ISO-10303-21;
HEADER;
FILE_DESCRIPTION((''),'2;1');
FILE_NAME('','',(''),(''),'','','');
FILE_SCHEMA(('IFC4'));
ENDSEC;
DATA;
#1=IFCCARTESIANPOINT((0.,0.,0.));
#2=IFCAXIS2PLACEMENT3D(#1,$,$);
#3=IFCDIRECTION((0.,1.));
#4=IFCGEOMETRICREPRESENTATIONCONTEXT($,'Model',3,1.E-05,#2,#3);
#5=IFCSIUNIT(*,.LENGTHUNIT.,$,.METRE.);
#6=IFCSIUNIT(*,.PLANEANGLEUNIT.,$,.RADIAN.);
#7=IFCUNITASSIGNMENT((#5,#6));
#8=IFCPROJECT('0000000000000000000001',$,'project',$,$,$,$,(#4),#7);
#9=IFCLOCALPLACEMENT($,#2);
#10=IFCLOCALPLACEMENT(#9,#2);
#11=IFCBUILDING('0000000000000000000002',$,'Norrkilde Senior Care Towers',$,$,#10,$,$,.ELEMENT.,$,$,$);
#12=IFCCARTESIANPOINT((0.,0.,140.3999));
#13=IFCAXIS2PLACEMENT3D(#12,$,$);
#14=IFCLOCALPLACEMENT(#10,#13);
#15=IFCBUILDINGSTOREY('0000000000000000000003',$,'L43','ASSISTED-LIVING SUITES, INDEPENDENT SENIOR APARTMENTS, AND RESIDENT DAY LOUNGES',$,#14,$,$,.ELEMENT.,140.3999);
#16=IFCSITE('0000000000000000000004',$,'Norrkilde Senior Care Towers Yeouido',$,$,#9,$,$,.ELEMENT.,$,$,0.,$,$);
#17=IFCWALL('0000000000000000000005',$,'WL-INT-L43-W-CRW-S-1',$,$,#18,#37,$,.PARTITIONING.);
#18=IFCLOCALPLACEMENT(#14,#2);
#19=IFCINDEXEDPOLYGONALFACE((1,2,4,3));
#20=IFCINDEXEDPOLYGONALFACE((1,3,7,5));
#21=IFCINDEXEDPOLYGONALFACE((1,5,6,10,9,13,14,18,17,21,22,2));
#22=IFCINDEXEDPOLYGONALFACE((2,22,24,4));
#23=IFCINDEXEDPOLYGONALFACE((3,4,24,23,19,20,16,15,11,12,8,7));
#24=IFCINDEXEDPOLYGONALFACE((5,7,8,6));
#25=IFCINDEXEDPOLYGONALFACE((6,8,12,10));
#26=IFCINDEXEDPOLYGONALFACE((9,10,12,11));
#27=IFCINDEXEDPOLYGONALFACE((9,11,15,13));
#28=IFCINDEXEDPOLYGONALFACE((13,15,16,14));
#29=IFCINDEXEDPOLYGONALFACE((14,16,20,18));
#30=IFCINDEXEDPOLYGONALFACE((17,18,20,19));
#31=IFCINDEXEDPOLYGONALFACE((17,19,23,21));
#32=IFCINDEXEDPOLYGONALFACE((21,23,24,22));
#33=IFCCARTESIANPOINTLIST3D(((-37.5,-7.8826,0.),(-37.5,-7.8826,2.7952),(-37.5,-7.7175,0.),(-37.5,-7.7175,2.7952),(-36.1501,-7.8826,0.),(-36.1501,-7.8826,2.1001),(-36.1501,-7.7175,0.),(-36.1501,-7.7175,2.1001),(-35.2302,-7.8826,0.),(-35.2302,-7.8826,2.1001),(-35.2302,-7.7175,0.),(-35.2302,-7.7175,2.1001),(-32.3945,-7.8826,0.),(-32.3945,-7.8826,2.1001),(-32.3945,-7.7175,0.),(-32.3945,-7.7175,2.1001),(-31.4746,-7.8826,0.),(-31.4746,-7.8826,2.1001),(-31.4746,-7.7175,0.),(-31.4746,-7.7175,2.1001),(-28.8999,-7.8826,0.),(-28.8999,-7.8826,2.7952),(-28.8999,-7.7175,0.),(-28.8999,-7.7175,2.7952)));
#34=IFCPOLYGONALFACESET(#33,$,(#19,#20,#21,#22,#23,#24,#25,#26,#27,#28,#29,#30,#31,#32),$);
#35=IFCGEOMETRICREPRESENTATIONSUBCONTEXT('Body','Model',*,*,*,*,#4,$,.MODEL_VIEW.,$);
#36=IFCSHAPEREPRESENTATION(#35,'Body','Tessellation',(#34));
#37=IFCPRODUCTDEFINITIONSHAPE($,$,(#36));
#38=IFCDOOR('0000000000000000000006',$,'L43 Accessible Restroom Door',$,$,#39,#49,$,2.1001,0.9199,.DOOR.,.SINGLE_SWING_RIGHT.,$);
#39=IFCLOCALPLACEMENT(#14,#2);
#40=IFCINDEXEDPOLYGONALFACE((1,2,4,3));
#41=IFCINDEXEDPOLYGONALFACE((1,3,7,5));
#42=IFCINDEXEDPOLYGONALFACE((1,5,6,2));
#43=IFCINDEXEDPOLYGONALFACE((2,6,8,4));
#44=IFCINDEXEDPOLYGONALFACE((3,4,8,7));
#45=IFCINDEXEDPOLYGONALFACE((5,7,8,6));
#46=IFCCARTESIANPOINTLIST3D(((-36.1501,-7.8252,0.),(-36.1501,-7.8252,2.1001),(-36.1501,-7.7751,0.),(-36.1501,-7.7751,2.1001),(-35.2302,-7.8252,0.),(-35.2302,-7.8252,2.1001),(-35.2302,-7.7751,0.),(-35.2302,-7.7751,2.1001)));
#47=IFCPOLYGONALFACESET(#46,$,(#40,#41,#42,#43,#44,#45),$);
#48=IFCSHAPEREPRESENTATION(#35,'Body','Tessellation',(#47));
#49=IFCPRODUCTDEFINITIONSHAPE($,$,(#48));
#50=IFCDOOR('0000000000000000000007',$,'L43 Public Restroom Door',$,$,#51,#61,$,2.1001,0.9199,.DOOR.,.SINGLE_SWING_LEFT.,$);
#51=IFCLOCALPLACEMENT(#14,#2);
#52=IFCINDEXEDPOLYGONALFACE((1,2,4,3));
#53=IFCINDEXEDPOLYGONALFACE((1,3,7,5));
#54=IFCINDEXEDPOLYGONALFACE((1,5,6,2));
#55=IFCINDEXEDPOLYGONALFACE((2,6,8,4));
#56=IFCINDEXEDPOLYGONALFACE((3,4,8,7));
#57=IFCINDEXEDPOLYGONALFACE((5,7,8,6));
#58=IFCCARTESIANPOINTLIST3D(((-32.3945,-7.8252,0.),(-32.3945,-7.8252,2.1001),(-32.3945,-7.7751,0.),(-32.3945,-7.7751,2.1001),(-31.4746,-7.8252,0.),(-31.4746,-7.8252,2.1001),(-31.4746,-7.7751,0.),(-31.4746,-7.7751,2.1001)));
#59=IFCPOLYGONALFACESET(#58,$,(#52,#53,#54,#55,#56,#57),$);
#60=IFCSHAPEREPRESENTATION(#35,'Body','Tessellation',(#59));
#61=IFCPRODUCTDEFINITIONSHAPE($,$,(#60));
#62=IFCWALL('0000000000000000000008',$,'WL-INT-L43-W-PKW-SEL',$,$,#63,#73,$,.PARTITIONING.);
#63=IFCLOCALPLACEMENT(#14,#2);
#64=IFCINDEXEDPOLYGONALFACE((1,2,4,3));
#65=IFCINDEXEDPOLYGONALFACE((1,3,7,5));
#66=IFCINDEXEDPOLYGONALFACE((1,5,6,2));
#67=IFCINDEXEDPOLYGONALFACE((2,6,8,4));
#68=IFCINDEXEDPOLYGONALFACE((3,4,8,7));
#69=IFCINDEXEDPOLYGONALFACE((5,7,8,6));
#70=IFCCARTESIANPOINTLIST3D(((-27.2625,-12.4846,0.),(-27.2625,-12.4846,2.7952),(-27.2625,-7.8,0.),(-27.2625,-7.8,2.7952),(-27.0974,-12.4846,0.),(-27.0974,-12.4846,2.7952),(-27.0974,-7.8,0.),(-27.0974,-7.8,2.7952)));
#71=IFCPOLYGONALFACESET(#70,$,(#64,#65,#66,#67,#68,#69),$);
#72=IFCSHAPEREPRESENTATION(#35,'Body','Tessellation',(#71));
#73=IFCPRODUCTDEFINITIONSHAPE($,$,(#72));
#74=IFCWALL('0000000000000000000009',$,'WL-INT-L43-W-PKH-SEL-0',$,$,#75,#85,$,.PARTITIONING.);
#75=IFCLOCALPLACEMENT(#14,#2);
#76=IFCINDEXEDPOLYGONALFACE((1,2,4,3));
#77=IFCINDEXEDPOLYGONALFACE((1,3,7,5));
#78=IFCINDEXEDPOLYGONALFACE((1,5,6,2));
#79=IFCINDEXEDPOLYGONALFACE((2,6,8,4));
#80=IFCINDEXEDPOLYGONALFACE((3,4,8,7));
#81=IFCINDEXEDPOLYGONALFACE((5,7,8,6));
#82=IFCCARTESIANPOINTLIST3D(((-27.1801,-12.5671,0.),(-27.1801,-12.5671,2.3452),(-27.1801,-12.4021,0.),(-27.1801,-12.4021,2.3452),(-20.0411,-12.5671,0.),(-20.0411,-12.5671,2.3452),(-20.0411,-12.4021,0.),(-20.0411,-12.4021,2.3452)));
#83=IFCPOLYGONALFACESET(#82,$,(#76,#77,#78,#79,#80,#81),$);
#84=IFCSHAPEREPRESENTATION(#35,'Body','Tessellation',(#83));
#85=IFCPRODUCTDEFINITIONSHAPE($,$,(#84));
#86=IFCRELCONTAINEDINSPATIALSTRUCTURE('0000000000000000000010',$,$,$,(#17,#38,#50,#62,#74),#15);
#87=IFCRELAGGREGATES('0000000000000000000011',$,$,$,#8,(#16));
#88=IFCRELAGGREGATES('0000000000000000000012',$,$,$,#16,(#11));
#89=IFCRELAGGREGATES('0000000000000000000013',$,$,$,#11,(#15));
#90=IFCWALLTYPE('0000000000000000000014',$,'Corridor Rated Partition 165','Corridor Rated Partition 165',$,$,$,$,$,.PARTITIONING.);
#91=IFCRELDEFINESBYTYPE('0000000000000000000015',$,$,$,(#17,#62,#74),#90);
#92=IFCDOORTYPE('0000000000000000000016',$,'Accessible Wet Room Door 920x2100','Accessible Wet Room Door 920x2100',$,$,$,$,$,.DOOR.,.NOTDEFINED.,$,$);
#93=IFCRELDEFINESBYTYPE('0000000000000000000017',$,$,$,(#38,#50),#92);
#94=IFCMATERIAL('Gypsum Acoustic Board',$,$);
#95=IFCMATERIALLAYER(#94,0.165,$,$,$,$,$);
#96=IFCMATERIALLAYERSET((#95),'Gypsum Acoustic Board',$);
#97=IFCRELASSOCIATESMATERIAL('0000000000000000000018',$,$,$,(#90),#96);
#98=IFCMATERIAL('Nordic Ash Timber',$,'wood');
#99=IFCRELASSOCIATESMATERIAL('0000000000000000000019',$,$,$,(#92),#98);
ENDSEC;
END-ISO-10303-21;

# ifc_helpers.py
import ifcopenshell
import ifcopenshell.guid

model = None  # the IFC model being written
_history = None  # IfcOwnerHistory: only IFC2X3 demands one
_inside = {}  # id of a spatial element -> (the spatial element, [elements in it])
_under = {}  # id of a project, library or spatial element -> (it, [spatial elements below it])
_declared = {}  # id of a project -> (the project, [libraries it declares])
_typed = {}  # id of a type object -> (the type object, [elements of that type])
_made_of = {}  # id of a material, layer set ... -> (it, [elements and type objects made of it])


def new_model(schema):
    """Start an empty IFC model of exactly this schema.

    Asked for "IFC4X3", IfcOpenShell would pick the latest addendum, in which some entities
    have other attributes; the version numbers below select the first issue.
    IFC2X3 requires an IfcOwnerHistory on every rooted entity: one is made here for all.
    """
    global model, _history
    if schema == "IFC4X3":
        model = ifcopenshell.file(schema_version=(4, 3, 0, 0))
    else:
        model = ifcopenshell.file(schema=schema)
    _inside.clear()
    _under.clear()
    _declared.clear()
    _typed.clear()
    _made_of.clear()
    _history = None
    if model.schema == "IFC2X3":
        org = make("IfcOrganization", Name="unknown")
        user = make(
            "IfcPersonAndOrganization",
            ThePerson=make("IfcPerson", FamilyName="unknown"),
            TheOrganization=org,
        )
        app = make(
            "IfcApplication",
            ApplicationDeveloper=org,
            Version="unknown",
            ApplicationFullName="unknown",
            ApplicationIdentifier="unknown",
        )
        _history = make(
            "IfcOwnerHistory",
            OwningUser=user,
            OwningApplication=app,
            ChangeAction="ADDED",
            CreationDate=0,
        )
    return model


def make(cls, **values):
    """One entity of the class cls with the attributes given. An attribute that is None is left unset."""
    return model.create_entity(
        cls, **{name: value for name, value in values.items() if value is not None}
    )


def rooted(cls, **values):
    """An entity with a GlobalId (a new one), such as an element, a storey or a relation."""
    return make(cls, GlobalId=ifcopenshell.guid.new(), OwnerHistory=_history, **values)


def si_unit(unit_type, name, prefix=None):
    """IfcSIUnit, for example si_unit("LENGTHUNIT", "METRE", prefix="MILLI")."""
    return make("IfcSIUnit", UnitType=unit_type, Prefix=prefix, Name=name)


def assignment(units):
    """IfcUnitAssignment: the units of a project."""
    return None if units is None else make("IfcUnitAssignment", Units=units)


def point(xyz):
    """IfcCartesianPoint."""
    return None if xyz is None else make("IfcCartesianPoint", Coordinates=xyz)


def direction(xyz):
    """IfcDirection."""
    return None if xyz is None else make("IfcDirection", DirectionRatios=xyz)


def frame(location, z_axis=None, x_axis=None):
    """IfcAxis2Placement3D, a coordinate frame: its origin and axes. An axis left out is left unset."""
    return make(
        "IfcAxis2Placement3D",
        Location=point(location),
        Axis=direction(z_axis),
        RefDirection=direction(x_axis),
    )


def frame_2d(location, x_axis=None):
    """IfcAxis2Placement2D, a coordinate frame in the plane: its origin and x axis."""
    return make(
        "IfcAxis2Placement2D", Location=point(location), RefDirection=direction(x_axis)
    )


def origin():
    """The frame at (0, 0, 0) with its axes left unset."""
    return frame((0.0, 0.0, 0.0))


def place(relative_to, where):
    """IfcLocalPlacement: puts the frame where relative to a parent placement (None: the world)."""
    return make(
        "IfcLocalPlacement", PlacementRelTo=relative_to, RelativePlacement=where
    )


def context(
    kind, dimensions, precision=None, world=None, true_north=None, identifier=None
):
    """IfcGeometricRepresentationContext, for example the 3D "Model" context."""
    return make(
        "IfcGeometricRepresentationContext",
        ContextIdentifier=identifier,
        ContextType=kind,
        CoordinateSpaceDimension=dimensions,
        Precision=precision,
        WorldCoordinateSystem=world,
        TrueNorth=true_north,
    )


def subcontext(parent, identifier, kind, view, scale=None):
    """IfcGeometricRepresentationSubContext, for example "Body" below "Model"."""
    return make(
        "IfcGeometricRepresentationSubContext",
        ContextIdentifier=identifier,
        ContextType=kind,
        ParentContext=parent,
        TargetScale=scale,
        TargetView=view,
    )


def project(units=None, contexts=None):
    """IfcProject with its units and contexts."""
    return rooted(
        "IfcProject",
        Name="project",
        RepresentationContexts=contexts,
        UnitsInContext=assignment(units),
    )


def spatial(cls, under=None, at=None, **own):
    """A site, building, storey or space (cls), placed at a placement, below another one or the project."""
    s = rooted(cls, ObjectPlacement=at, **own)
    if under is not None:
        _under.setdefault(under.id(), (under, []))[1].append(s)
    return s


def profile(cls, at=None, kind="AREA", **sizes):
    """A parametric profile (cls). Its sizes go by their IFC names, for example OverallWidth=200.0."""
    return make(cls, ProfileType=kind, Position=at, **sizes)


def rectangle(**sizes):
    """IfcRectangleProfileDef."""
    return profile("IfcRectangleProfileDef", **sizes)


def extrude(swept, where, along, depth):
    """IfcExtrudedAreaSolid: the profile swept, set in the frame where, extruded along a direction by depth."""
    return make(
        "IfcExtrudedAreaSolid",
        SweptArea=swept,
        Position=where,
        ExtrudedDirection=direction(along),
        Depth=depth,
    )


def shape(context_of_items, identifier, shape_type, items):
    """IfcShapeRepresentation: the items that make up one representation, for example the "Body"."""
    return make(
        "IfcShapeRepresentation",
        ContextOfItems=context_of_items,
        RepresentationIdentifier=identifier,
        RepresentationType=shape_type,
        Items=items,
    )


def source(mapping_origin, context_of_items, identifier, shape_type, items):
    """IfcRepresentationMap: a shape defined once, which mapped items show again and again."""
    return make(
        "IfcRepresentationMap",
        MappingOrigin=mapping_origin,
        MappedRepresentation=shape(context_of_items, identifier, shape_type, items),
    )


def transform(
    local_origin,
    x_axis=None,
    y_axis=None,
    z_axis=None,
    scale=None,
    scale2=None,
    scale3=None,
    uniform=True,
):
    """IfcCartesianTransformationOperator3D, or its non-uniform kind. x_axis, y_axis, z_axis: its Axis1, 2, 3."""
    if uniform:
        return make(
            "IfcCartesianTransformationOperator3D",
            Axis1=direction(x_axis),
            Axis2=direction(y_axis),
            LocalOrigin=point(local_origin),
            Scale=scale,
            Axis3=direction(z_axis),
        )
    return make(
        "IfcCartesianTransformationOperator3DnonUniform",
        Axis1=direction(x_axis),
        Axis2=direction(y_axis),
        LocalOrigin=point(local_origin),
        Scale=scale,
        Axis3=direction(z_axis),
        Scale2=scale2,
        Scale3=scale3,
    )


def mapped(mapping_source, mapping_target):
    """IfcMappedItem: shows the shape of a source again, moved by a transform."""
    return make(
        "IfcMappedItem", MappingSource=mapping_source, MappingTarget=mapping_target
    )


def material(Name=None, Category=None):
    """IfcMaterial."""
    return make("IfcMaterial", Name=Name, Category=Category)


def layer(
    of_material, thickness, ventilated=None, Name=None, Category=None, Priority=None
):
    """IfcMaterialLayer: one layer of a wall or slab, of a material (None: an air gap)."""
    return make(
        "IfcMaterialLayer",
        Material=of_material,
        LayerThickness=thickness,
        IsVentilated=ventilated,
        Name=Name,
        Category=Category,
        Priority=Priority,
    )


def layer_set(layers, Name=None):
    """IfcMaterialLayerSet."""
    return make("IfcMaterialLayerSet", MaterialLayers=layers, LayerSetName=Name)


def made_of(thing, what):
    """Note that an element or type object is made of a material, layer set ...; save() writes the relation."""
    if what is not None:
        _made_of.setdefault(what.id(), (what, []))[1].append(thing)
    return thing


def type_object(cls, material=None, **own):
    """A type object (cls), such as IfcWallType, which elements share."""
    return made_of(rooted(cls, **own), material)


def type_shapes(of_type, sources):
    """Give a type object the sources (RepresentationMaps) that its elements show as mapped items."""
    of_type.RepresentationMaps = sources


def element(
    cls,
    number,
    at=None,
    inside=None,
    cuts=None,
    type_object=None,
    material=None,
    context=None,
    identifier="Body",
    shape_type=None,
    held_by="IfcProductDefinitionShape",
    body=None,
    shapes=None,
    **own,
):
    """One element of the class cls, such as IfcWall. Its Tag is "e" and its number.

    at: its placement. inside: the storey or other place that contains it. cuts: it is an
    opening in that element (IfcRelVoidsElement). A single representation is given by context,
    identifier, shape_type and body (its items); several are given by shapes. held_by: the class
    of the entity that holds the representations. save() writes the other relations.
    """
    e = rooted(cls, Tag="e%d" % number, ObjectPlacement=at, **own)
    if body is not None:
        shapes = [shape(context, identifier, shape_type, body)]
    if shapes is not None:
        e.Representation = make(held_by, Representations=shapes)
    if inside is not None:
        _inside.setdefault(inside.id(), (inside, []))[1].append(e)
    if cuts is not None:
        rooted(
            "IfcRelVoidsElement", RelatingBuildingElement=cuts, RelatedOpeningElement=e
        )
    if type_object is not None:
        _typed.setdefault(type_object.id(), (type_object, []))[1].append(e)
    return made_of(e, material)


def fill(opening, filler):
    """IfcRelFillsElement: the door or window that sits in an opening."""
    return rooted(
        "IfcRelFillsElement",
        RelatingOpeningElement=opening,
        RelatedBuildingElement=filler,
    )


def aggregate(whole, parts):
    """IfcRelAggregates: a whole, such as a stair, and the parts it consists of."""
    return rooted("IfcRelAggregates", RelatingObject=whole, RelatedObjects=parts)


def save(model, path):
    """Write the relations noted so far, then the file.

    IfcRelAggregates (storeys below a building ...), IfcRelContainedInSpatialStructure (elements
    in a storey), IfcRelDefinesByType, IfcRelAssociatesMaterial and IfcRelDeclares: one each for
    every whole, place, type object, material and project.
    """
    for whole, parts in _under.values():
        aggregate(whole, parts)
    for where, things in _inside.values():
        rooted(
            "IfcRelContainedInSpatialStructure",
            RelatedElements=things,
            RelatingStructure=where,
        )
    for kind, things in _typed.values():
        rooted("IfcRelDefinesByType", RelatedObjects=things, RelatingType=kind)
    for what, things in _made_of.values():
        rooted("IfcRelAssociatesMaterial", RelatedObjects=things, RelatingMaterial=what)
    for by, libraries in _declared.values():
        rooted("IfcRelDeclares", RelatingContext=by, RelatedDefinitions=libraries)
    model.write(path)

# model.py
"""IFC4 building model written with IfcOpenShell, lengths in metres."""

from ifc_helpers import new_model, si_unit, direction, frame, frame_2d, origin, place, context, subcontext, project, spatial, rectangle, extrude, source, transform, mapped, material, layer, layer_set, type_object, type_shapes, element, fill, save


model = new_model("IFC4")

# Units and contexts
model_context = context("Model", 3, precision=1e-05, world=origin(), true_north=direction((0.0, 1.0)))
body_context = subcontext(model_context, "Body", "Model", "MODEL_VIEW")
ifc_project = project(units=[si_unit("LENGTHUNIT", "METRE"), si_unit("PLANEANGLEUNIT", "RADIAN")], contexts=[model_context])

# Site, building, storey
site_placement = place(None, origin())
site = spatial("IfcSite", under=ifc_project, at=site_placement, Name="Norrkilde Senior Care Towers Yeouido", CompositionType="ELEMENT", RefElevation=0.0)
building_placement = place(site_placement, origin())
building = spatial("IfcBuilding", under=site, at=building_placement, Name="Norrkilde Senior Care Towers", CompositionType="ELEMENT")
storey_placement = place(building_placement, frame((0.0, 0.0, 140.3999)))
storey = spatial("IfcBuildingStorey", under=building, at=storey_placement, Name="L43", Description="ASSISTED-LIVING SUITES, INDEPENDENT SENIOR APARTMENTS, AND RESIDENT DAY LOUNGES", CompositionType="ELEMENT", Elevation=140.3999)

# Shared definitions
ifc_material_1 = material(Name="Gypsum Acoustic Board")
ifc_layer_1 = layer(ifc_material_1, 0.165)
ifc_layer_set_1 = layer_set([ifc_layer_1], Name="Gypsum Acoustic Board")
wall_type_1 = type_object("IfcWallType", Name="Corridor Rated Partition 165", Description="Corridor Rated Partition 165", PredefinedType="PARTITIONING", material=ifc_layer_set_1)

# Wall, openings, doors
shared_shape_1 = source(origin(), body_context, "Body", "SweptSolid", [
    extrude(rectangle(XDim=8.6001, YDim=0.165, at=frame_2d((4.3, 0.0))), origin(), (0.0, 0.0, 1.0), 2.7952),
])
wall_1_placement = place(storey_placement, frame((-28.8999, -7.8, 0.0), z_axis=(0.0, 0.0, 1.0), x_axis=(-1.0, 0.0, 0.0)))
wall_1 = element("IfcWall", 1, at=wall_1_placement, inside=storey, type_object=wall_type_1, Name="WL-INT-L43-W-CRW-S-1", PredefinedType="PARTITIONING", context=body_context, shape_type="MappedRepresentation", body=[
    mapped(shared_shape_1, transform((0.0, 0.0, 0.0), x_axis=(1.0, 0.0, 0.0), y_axis=(0.0, 1.0, 0.0), z_axis=(0.0, 0.0, 1.0), scale=1.0)),
])
opening_1_placement = place(wall_1_placement, frame((6.3303, 0.0, 0.0)))
opening_1 = element("IfcOpeningElement", 2, at=opening_1_placement, cuts=wall_1, PredefinedType="OPENING", context=body_context, shape_type="SweptSolid", body=[
    extrude(rectangle(XDim=0.9199, YDim=2.1001, at=frame_2d((0.46, 1.05))), frame((0.0, 0.0925, 0.0), z_axis=(0.0, -1.0, 0.0), x_axis=(1.0, 0.0, 0.0)), (0.0, 0.0, 1.0), 0.1851),
])
opening_2_placement = place(wall_1_placement, frame((2.5747, 0.0, 0.0)))
opening_2 = element("IfcOpeningElement", 3, at=opening_2_placement, cuts=wall_1, PredefinedType="OPENING", context=body_context, shape_type="SweptSolid", body=[
    extrude(rectangle(XDim=0.9199, YDim=2.1001, at=frame_2d((0.46, 1.05))), frame((0.0, 0.0925, 0.0), z_axis=(0.0, -1.0, 0.0), x_axis=(1.0, 0.0, 0.0)), (0.0, 0.0, 1.0), 0.1851),
])
ifc_material_2 = material(Name="Nordic Ash Timber", Category="wood")
door_type_1 = type_object("IfcDoorType", Name="Accessible Wet Room Door 920x2100", Description="Accessible Wet Room Door 920x2100", OperationType="NOTDEFINED", PredefinedType="DOOR", material=ifc_material_2)
shared_shape_2 = source(origin(), body_context, "Body", "SweptSolid", [
    extrude(rectangle(XDim=0.9199, YDim=2.1001, at=frame_2d((0.46, 1.05))), frame((0.0, 0.0249, 0.0), z_axis=(0.0, -1.0, 0.0), x_axis=(1.0, 0.0, 0.0)), (0.0, 0.0, 1.0), 0.05),
])
type_shapes(door_type_1, [shared_shape_2])
door_1_placement = place(opening_1_placement, frame((0.9199, 0.0, 0.0), z_axis=(0.0, 0.0, 1.0), x_axis=(-1.0, 0.0, 0.0)))
door_1 = element("IfcDoor", 4, at=door_1_placement, inside=storey, type_object=door_type_1, Name="L43 Accessible Restroom Door", OperationType="SINGLE_SWING_RIGHT", OverallHeight=2.1001, OverallWidth=0.9199, PredefinedType="DOOR", context=body_context, shape_type="MappedRepresentation", body=[
    mapped(shared_shape_2, transform((0.0, 0.0, 0.0), x_axis=(1.0, 0.0, 0.0), y_axis=(0.0, 1.0, 0.0), z_axis=(0.0, 0.0, 1.0), scale=1.0)),
])
fill(opening_1, door_1)
door_2_placement = place(opening_2_placement, frame((0.9199, 0.0, 0.0), z_axis=(0.0, 0.0, 1.0), x_axis=(-1.0, 0.0, 0.0)))
door_2 = element("IfcDoor", 5, at=door_2_placement, inside=storey, type_object=door_type_1, Name="L43 Public Restroom Door", OperationType="SINGLE_SWING_LEFT", OverallHeight=2.1001, OverallWidth=0.9199, PredefinedType="DOOR", context=body_context, shape_type="MappedRepresentation", body=[
    mapped(shared_shape_2, transform((0.0, 0.0, 0.0), x_axis=(1.0, 0.0, 0.0), y_axis=(0.0, 1.0, 0.0), z_axis=(0.0, 0.0, 1.0), scale=1.0)),
])
fill(opening_2, door_2)

# Shared definitions
shared_shape_3 = source(origin(), body_context, "Body", "SweptSolid", [
    extrude(rectangle(XDim=4.6846, YDim=0.165, at=frame_2d((2.3423, 0.0))), origin(), (0.0, 0.0, 1.0), 2.7952),
])

# Walls
wall_2_placement = place(storey_placement, frame((-27.1799, -12.4846, 0.0), z_axis=(0.0, 0.0, 1.0), x_axis=(0.0, 1.0, 0.0)))
element("IfcWall", 6, at=wall_2_placement, inside=storey, type_object=wall_type_1, Name="WL-INT-L43-W-PKW-SEL", PredefinedType="PARTITIONING", context=body_context, shape_type="MappedRepresentation", body=[
    mapped(shared_shape_3, transform((0.0, 0.0, 0.0), x_axis=(1.0, 0.0, 0.0), y_axis=(0.0, 1.0, 0.0), z_axis=(0.0, 0.0, 1.0), scale=1.0)),
])
shared_shape_4 = source(origin(), body_context, "Body", "SweptSolid", [
    extrude(rectangle(XDim=7.1389, YDim=0.165, at=frame_2d((3.5693, 0.0))), origin(), (0.0, 0.0, 1.0), 2.3452),
])
wall_3_placement = place(storey_placement, frame((-27.1799, -12.4846, 0.0), z_axis=(0.0, 0.0, 1.0), x_axis=(1.0, 0.0, 0.0)))
element("IfcWall", 7, at=wall_3_placement, inside=storey, type_object=wall_type_1, Name="WL-INT-L43-W-PKH-SEL-0", PredefinedType="PARTITIONING", context=body_context, shape_type="MappedRepresentation", body=[
    mapped(shared_shape_4, transform((0.0, 0.0, 0.0), x_axis=(1.0, 0.0, 0.0), y_axis=(0.0, 1.0, 0.0), z_axis=(0.0, 0.0, 1.0), scale=1.0)),
])

save(model, "model.ifc")
